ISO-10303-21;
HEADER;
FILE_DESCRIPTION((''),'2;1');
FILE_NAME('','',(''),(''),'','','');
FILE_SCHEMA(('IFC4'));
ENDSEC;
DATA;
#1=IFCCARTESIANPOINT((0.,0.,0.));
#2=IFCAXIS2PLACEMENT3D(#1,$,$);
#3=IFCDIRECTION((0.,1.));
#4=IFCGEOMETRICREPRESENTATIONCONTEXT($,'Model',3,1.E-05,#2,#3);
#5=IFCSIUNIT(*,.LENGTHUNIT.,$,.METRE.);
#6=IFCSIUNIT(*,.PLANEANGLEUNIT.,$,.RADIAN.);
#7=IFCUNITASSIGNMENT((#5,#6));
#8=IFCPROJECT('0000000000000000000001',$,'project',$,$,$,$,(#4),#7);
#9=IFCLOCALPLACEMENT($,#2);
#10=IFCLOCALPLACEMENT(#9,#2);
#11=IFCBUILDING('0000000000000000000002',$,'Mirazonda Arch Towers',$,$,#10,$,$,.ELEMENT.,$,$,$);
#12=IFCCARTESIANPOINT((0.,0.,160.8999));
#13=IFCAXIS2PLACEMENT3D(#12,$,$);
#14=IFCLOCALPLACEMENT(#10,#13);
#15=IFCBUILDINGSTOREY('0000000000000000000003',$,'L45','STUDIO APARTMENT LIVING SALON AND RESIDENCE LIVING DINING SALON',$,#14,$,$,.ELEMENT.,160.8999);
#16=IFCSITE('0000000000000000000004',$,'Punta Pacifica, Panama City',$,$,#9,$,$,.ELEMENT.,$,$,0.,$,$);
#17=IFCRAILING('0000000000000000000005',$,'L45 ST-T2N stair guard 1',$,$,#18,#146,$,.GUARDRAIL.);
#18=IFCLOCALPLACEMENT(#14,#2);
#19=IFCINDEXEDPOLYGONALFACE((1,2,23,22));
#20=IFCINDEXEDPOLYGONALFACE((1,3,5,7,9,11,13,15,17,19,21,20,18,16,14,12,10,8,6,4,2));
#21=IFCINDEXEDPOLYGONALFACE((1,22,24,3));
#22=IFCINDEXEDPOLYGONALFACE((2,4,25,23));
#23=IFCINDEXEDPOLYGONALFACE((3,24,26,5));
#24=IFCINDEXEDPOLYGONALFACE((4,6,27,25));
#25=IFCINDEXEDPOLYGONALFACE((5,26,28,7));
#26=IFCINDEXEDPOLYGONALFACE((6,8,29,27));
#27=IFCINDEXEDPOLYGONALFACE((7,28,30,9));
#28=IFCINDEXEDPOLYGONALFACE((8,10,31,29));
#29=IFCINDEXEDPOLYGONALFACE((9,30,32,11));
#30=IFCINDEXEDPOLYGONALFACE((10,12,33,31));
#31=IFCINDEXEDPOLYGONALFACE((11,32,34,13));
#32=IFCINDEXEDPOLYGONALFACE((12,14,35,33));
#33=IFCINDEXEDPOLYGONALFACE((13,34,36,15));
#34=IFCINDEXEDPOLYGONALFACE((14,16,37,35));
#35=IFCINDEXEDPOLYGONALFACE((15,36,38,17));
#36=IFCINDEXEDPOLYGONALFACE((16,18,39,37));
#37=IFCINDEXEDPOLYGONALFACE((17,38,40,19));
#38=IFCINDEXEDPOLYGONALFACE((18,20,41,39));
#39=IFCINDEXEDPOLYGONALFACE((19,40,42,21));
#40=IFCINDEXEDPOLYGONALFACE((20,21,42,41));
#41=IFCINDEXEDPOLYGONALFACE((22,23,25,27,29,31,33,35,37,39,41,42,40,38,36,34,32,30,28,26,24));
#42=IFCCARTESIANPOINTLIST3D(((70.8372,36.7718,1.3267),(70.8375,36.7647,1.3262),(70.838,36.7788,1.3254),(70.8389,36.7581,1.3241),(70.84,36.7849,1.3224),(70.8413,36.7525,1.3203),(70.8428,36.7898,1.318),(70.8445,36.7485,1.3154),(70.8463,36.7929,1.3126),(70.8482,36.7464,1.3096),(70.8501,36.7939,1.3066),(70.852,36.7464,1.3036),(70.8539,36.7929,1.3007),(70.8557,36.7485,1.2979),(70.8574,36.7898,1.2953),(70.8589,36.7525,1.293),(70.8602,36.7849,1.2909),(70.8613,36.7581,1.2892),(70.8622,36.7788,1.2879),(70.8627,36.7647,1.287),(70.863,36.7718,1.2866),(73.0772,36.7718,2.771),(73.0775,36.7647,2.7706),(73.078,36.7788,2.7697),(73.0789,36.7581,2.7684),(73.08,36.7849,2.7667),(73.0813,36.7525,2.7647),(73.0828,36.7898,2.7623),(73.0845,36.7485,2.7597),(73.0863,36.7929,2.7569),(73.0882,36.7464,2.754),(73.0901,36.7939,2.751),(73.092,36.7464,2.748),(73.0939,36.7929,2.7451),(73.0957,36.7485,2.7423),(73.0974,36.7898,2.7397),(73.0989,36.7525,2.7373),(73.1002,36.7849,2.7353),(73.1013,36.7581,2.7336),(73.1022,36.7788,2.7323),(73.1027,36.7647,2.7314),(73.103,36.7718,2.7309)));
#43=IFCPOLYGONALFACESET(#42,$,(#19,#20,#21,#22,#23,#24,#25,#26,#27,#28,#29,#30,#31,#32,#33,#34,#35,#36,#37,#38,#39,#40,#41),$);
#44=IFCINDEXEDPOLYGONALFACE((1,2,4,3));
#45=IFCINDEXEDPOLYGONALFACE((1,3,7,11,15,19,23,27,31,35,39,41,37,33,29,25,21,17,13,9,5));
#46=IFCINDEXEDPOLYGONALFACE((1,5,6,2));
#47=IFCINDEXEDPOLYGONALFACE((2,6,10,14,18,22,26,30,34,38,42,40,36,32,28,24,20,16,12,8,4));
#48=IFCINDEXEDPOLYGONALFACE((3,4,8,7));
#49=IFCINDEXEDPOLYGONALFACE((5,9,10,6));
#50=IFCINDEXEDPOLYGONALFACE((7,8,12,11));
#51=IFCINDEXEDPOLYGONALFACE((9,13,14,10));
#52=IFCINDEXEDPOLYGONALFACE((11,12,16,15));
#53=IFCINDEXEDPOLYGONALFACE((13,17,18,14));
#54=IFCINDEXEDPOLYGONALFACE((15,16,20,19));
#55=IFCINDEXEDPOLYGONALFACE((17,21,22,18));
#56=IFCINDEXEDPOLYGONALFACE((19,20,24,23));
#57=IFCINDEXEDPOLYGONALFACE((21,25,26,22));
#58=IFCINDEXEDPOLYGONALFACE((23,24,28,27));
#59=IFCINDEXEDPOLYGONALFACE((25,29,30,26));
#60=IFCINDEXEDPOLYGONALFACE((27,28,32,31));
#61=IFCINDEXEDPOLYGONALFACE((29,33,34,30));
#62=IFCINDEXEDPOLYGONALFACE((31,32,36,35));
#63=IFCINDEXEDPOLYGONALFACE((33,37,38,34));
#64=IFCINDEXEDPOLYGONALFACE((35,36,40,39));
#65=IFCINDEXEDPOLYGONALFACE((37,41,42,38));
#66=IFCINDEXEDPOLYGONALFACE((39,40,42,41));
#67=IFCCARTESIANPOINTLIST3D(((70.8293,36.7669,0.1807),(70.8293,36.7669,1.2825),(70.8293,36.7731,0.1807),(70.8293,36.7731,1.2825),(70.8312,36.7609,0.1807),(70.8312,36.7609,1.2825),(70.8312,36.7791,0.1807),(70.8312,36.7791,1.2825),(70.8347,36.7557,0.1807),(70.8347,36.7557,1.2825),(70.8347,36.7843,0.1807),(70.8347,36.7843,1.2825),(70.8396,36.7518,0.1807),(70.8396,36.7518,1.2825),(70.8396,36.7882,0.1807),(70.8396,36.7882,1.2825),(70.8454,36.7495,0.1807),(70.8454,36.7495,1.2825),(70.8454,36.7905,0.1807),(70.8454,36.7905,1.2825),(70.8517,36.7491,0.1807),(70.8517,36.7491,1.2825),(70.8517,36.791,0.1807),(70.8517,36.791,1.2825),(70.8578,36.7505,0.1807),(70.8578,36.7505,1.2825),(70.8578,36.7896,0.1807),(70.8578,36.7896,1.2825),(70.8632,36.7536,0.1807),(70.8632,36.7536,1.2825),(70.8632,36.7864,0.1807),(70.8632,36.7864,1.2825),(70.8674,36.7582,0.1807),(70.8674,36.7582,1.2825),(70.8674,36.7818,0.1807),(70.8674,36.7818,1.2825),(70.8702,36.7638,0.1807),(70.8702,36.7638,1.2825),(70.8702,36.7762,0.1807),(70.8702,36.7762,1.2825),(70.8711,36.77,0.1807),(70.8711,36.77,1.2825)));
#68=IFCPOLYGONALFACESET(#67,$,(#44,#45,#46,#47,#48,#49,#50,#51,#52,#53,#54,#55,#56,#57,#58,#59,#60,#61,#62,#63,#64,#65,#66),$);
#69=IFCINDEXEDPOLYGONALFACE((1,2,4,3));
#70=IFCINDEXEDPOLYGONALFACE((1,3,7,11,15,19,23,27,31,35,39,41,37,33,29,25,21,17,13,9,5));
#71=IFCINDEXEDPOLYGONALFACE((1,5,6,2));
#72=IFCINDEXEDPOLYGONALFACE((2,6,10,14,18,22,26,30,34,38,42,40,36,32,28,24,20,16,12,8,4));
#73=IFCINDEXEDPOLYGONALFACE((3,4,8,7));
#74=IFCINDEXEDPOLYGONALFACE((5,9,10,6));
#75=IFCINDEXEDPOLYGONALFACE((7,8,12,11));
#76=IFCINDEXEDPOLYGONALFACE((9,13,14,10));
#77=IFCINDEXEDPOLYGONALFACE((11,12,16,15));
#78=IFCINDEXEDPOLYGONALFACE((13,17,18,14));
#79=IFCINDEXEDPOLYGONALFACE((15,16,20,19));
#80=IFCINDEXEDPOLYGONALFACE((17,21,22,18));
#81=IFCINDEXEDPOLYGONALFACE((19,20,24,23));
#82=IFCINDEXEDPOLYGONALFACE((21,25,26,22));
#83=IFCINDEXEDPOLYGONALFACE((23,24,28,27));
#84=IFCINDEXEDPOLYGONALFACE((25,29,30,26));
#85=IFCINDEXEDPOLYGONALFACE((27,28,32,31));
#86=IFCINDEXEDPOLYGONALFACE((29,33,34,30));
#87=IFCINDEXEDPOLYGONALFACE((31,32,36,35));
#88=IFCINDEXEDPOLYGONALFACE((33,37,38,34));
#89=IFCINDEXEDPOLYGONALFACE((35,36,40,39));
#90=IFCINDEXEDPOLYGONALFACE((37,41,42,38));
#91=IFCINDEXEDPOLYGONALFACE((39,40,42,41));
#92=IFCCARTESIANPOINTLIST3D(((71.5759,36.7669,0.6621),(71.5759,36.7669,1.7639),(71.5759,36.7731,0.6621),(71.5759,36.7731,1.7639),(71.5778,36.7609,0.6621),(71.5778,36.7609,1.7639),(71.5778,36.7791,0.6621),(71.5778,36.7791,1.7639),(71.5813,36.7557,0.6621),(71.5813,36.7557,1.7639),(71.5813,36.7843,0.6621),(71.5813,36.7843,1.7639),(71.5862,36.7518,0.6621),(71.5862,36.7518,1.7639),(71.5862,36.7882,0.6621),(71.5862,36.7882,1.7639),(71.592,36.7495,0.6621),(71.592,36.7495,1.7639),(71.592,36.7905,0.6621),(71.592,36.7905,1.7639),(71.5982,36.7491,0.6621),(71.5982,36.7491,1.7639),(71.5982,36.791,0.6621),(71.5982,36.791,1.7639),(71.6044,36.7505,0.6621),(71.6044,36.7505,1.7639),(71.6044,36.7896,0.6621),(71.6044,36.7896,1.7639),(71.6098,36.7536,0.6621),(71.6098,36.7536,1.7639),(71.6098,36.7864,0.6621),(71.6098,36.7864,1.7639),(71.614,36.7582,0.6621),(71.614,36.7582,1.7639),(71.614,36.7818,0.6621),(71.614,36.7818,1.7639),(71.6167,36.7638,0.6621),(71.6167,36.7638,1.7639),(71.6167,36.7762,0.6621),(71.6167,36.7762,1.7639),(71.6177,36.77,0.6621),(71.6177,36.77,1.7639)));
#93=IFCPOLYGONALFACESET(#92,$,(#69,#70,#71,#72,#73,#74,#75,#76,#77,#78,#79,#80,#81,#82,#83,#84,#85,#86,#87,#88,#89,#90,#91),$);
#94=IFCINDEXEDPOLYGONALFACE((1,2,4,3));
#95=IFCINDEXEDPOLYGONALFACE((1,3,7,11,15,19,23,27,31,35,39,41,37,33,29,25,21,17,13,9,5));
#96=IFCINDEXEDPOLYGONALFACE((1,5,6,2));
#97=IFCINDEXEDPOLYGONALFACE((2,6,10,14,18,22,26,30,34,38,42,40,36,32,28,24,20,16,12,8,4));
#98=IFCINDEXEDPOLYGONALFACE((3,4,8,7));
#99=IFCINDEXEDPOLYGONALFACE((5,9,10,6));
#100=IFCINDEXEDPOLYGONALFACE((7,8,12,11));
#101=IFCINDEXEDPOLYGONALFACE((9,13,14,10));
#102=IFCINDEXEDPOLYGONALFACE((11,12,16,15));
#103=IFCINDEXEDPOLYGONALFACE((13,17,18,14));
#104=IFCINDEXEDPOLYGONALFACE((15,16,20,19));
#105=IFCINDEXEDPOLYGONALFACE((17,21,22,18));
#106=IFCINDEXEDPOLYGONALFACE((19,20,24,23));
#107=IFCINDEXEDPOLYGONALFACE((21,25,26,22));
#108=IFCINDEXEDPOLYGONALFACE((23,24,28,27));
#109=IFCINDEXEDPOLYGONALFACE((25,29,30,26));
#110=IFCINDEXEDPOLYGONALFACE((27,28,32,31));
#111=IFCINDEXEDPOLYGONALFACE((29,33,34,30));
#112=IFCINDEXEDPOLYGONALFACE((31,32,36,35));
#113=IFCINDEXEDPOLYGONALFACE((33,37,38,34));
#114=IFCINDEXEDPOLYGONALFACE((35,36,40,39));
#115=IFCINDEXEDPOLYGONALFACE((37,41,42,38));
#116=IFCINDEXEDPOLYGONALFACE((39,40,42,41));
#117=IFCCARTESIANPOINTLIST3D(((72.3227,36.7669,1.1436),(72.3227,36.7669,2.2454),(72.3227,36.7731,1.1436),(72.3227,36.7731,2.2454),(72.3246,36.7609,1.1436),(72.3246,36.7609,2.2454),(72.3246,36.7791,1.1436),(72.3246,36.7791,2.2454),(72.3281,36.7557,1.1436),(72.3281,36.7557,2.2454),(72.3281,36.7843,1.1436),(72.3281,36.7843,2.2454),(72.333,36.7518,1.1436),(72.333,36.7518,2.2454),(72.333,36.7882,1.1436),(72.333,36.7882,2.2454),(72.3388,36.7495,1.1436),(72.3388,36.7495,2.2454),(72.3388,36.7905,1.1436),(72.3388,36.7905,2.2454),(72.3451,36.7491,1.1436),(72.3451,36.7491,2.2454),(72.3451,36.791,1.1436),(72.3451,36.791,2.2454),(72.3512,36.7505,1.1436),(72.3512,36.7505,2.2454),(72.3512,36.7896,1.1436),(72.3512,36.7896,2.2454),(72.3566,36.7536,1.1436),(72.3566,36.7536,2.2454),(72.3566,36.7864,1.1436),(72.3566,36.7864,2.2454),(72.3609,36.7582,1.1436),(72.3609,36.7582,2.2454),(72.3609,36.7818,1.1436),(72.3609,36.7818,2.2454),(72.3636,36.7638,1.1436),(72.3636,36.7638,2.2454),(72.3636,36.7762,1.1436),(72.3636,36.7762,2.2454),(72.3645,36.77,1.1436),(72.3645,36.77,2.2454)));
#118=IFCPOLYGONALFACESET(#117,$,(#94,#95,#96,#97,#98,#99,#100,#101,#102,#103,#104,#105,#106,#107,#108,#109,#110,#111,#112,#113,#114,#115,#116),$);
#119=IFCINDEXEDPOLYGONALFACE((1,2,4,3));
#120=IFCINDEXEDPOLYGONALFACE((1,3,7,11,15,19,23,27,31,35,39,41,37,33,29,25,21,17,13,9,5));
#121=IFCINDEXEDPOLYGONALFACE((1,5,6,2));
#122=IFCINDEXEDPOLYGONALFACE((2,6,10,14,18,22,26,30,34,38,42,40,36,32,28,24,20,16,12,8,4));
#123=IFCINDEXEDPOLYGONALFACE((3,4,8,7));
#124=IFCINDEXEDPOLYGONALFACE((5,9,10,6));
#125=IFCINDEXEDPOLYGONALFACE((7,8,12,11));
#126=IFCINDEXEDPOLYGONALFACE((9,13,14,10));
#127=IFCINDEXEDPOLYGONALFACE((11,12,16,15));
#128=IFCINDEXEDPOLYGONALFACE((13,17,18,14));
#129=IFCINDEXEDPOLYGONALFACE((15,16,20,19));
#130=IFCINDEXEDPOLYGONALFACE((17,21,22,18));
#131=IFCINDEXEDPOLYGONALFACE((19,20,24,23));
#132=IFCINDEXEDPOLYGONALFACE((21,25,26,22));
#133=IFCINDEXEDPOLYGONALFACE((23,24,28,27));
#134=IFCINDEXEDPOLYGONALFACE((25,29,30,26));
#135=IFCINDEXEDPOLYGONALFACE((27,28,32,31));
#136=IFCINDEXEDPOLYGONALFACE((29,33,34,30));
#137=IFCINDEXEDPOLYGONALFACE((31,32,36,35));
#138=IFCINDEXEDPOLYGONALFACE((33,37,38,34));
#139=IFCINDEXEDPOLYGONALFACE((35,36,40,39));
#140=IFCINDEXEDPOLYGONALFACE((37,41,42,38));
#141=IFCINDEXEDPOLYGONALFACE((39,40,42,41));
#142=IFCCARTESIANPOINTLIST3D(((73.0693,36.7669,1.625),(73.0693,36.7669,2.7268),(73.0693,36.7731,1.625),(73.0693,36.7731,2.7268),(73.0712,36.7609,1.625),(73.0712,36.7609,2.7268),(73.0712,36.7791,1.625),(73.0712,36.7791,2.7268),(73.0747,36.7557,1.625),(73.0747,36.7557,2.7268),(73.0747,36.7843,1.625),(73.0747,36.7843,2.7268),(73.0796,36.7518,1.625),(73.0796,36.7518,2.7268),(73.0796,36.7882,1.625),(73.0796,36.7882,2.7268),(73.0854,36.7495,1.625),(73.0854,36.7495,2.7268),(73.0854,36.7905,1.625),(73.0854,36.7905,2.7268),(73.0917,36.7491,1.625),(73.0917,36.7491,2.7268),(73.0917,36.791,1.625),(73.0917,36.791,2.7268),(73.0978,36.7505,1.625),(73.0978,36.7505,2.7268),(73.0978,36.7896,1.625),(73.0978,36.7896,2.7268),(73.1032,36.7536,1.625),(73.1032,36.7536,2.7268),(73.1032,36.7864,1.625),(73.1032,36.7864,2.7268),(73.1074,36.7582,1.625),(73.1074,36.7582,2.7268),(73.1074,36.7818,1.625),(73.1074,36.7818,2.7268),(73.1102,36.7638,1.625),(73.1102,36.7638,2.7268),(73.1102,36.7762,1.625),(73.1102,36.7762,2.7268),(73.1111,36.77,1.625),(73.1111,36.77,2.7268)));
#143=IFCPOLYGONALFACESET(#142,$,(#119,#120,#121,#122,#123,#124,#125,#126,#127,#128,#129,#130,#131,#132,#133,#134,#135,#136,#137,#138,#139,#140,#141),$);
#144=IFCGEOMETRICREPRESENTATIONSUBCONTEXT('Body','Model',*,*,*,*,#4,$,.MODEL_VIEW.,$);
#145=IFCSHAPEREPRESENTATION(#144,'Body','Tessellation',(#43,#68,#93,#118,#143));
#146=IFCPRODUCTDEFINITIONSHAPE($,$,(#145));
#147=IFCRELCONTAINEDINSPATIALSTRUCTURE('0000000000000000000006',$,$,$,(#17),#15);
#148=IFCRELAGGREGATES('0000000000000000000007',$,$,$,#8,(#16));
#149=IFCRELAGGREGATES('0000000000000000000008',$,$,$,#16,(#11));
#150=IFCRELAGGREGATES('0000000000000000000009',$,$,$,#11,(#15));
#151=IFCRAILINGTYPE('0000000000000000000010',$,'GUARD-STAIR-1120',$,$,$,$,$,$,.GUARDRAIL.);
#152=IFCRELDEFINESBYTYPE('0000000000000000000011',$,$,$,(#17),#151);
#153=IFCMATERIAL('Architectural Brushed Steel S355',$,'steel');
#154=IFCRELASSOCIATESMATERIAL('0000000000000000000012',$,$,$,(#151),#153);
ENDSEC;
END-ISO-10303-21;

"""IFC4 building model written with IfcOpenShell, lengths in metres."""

from ifc_helpers import new_model, si_unit, direction, frame, origin, origin_2d, place, context, subcontext, project, spatial, circle, extrude, material, type_object, element, save


model = new_model("IFC4")

# Units and contexts
model_context = context("Model", 3, precision=1e-05, world=origin(), true_north=direction((0.0, 1.0)))
body_context = subcontext(model_context, "Body", "Model", "MODEL_VIEW")
ifc_project = project(units=[si_unit("LENGTHUNIT", "METRE"), si_unit("PLANEANGLEUNIT", "RADIAN")], contexts=[model_context])

# Site, building, storey
site_placement = place(None, origin())
site = spatial("IfcSite", under=ifc_project, at=site_placement, Name="Punta Pacifica, Panama City", CompositionType="ELEMENT", RefElevation=0.0)
building_placement = place(site_placement, origin())
building = spatial("IfcBuilding", under=site, at=building_placement, Name="Mirazonda Arch Towers", CompositionType="ELEMENT")
storey_placement = place(building_placement, frame((0.0, 0.0, 160.8999)))
storey = spatial("IfcBuildingStorey", under=building, at=storey_placement, Name="L45", Description="STUDIO APARTMENT LIVING SALON AND RESIDENCE LIVING DINING SALON", CompositionType="ELEMENT", Elevation=160.8999)

# Shared definitions
ifc_material_1 = material(Name="Architectural Brushed Steel S355", Category="steel")

# Railing
railing_type_1 = type_object("IfcRailingType", Name="GUARD-STAIR-1120", PredefinedType="GUARDRAIL", material=ifc_material_1)
railing_1_placement = place(storey_placement, frame((70.8501, 36.77, 0.1807)))
element("IfcRailing", 1, at=railing_1_placement, inside=storey, type_object=railing_type_1, Name="L45 ST-T2N stair guard 1", PredefinedType="GUARDRAIL", context=body_context, shape_type="SweptSolid", body=[
    extrude(circle(Radius=0.0239, at=origin_2d()), frame((0.0, 0.0, 1.126), z_axis=(0.840437, 0.0, 0.54191), x_axis=(0.0, 1.0, 0.0)), (0.0, 0.0, 1.0), 2.6653),
    extrude(circle(Radius=0.021, at=origin_2d()), origin(), (0.0, 0.0, 1.0), 1.1018),
    extrude(circle(Radius=0.021, at=origin_2d()), frame((0.7466, 0.0, 0.4814)), (0.0, 0.0, 1.0), 1.1018),
    extrude(circle(Radius=0.021, at=origin_2d()), frame((1.4934, 0.0, 0.9629)), (0.0, 0.0, 1.0), 1.1018),
    extrude(circle(Radius=0.021, at=origin_2d()), frame((2.24, 0.0, 1.4443)), (0.0, 0.0, 1.0), 1.1018),
])

save(model, "model.ifc")
